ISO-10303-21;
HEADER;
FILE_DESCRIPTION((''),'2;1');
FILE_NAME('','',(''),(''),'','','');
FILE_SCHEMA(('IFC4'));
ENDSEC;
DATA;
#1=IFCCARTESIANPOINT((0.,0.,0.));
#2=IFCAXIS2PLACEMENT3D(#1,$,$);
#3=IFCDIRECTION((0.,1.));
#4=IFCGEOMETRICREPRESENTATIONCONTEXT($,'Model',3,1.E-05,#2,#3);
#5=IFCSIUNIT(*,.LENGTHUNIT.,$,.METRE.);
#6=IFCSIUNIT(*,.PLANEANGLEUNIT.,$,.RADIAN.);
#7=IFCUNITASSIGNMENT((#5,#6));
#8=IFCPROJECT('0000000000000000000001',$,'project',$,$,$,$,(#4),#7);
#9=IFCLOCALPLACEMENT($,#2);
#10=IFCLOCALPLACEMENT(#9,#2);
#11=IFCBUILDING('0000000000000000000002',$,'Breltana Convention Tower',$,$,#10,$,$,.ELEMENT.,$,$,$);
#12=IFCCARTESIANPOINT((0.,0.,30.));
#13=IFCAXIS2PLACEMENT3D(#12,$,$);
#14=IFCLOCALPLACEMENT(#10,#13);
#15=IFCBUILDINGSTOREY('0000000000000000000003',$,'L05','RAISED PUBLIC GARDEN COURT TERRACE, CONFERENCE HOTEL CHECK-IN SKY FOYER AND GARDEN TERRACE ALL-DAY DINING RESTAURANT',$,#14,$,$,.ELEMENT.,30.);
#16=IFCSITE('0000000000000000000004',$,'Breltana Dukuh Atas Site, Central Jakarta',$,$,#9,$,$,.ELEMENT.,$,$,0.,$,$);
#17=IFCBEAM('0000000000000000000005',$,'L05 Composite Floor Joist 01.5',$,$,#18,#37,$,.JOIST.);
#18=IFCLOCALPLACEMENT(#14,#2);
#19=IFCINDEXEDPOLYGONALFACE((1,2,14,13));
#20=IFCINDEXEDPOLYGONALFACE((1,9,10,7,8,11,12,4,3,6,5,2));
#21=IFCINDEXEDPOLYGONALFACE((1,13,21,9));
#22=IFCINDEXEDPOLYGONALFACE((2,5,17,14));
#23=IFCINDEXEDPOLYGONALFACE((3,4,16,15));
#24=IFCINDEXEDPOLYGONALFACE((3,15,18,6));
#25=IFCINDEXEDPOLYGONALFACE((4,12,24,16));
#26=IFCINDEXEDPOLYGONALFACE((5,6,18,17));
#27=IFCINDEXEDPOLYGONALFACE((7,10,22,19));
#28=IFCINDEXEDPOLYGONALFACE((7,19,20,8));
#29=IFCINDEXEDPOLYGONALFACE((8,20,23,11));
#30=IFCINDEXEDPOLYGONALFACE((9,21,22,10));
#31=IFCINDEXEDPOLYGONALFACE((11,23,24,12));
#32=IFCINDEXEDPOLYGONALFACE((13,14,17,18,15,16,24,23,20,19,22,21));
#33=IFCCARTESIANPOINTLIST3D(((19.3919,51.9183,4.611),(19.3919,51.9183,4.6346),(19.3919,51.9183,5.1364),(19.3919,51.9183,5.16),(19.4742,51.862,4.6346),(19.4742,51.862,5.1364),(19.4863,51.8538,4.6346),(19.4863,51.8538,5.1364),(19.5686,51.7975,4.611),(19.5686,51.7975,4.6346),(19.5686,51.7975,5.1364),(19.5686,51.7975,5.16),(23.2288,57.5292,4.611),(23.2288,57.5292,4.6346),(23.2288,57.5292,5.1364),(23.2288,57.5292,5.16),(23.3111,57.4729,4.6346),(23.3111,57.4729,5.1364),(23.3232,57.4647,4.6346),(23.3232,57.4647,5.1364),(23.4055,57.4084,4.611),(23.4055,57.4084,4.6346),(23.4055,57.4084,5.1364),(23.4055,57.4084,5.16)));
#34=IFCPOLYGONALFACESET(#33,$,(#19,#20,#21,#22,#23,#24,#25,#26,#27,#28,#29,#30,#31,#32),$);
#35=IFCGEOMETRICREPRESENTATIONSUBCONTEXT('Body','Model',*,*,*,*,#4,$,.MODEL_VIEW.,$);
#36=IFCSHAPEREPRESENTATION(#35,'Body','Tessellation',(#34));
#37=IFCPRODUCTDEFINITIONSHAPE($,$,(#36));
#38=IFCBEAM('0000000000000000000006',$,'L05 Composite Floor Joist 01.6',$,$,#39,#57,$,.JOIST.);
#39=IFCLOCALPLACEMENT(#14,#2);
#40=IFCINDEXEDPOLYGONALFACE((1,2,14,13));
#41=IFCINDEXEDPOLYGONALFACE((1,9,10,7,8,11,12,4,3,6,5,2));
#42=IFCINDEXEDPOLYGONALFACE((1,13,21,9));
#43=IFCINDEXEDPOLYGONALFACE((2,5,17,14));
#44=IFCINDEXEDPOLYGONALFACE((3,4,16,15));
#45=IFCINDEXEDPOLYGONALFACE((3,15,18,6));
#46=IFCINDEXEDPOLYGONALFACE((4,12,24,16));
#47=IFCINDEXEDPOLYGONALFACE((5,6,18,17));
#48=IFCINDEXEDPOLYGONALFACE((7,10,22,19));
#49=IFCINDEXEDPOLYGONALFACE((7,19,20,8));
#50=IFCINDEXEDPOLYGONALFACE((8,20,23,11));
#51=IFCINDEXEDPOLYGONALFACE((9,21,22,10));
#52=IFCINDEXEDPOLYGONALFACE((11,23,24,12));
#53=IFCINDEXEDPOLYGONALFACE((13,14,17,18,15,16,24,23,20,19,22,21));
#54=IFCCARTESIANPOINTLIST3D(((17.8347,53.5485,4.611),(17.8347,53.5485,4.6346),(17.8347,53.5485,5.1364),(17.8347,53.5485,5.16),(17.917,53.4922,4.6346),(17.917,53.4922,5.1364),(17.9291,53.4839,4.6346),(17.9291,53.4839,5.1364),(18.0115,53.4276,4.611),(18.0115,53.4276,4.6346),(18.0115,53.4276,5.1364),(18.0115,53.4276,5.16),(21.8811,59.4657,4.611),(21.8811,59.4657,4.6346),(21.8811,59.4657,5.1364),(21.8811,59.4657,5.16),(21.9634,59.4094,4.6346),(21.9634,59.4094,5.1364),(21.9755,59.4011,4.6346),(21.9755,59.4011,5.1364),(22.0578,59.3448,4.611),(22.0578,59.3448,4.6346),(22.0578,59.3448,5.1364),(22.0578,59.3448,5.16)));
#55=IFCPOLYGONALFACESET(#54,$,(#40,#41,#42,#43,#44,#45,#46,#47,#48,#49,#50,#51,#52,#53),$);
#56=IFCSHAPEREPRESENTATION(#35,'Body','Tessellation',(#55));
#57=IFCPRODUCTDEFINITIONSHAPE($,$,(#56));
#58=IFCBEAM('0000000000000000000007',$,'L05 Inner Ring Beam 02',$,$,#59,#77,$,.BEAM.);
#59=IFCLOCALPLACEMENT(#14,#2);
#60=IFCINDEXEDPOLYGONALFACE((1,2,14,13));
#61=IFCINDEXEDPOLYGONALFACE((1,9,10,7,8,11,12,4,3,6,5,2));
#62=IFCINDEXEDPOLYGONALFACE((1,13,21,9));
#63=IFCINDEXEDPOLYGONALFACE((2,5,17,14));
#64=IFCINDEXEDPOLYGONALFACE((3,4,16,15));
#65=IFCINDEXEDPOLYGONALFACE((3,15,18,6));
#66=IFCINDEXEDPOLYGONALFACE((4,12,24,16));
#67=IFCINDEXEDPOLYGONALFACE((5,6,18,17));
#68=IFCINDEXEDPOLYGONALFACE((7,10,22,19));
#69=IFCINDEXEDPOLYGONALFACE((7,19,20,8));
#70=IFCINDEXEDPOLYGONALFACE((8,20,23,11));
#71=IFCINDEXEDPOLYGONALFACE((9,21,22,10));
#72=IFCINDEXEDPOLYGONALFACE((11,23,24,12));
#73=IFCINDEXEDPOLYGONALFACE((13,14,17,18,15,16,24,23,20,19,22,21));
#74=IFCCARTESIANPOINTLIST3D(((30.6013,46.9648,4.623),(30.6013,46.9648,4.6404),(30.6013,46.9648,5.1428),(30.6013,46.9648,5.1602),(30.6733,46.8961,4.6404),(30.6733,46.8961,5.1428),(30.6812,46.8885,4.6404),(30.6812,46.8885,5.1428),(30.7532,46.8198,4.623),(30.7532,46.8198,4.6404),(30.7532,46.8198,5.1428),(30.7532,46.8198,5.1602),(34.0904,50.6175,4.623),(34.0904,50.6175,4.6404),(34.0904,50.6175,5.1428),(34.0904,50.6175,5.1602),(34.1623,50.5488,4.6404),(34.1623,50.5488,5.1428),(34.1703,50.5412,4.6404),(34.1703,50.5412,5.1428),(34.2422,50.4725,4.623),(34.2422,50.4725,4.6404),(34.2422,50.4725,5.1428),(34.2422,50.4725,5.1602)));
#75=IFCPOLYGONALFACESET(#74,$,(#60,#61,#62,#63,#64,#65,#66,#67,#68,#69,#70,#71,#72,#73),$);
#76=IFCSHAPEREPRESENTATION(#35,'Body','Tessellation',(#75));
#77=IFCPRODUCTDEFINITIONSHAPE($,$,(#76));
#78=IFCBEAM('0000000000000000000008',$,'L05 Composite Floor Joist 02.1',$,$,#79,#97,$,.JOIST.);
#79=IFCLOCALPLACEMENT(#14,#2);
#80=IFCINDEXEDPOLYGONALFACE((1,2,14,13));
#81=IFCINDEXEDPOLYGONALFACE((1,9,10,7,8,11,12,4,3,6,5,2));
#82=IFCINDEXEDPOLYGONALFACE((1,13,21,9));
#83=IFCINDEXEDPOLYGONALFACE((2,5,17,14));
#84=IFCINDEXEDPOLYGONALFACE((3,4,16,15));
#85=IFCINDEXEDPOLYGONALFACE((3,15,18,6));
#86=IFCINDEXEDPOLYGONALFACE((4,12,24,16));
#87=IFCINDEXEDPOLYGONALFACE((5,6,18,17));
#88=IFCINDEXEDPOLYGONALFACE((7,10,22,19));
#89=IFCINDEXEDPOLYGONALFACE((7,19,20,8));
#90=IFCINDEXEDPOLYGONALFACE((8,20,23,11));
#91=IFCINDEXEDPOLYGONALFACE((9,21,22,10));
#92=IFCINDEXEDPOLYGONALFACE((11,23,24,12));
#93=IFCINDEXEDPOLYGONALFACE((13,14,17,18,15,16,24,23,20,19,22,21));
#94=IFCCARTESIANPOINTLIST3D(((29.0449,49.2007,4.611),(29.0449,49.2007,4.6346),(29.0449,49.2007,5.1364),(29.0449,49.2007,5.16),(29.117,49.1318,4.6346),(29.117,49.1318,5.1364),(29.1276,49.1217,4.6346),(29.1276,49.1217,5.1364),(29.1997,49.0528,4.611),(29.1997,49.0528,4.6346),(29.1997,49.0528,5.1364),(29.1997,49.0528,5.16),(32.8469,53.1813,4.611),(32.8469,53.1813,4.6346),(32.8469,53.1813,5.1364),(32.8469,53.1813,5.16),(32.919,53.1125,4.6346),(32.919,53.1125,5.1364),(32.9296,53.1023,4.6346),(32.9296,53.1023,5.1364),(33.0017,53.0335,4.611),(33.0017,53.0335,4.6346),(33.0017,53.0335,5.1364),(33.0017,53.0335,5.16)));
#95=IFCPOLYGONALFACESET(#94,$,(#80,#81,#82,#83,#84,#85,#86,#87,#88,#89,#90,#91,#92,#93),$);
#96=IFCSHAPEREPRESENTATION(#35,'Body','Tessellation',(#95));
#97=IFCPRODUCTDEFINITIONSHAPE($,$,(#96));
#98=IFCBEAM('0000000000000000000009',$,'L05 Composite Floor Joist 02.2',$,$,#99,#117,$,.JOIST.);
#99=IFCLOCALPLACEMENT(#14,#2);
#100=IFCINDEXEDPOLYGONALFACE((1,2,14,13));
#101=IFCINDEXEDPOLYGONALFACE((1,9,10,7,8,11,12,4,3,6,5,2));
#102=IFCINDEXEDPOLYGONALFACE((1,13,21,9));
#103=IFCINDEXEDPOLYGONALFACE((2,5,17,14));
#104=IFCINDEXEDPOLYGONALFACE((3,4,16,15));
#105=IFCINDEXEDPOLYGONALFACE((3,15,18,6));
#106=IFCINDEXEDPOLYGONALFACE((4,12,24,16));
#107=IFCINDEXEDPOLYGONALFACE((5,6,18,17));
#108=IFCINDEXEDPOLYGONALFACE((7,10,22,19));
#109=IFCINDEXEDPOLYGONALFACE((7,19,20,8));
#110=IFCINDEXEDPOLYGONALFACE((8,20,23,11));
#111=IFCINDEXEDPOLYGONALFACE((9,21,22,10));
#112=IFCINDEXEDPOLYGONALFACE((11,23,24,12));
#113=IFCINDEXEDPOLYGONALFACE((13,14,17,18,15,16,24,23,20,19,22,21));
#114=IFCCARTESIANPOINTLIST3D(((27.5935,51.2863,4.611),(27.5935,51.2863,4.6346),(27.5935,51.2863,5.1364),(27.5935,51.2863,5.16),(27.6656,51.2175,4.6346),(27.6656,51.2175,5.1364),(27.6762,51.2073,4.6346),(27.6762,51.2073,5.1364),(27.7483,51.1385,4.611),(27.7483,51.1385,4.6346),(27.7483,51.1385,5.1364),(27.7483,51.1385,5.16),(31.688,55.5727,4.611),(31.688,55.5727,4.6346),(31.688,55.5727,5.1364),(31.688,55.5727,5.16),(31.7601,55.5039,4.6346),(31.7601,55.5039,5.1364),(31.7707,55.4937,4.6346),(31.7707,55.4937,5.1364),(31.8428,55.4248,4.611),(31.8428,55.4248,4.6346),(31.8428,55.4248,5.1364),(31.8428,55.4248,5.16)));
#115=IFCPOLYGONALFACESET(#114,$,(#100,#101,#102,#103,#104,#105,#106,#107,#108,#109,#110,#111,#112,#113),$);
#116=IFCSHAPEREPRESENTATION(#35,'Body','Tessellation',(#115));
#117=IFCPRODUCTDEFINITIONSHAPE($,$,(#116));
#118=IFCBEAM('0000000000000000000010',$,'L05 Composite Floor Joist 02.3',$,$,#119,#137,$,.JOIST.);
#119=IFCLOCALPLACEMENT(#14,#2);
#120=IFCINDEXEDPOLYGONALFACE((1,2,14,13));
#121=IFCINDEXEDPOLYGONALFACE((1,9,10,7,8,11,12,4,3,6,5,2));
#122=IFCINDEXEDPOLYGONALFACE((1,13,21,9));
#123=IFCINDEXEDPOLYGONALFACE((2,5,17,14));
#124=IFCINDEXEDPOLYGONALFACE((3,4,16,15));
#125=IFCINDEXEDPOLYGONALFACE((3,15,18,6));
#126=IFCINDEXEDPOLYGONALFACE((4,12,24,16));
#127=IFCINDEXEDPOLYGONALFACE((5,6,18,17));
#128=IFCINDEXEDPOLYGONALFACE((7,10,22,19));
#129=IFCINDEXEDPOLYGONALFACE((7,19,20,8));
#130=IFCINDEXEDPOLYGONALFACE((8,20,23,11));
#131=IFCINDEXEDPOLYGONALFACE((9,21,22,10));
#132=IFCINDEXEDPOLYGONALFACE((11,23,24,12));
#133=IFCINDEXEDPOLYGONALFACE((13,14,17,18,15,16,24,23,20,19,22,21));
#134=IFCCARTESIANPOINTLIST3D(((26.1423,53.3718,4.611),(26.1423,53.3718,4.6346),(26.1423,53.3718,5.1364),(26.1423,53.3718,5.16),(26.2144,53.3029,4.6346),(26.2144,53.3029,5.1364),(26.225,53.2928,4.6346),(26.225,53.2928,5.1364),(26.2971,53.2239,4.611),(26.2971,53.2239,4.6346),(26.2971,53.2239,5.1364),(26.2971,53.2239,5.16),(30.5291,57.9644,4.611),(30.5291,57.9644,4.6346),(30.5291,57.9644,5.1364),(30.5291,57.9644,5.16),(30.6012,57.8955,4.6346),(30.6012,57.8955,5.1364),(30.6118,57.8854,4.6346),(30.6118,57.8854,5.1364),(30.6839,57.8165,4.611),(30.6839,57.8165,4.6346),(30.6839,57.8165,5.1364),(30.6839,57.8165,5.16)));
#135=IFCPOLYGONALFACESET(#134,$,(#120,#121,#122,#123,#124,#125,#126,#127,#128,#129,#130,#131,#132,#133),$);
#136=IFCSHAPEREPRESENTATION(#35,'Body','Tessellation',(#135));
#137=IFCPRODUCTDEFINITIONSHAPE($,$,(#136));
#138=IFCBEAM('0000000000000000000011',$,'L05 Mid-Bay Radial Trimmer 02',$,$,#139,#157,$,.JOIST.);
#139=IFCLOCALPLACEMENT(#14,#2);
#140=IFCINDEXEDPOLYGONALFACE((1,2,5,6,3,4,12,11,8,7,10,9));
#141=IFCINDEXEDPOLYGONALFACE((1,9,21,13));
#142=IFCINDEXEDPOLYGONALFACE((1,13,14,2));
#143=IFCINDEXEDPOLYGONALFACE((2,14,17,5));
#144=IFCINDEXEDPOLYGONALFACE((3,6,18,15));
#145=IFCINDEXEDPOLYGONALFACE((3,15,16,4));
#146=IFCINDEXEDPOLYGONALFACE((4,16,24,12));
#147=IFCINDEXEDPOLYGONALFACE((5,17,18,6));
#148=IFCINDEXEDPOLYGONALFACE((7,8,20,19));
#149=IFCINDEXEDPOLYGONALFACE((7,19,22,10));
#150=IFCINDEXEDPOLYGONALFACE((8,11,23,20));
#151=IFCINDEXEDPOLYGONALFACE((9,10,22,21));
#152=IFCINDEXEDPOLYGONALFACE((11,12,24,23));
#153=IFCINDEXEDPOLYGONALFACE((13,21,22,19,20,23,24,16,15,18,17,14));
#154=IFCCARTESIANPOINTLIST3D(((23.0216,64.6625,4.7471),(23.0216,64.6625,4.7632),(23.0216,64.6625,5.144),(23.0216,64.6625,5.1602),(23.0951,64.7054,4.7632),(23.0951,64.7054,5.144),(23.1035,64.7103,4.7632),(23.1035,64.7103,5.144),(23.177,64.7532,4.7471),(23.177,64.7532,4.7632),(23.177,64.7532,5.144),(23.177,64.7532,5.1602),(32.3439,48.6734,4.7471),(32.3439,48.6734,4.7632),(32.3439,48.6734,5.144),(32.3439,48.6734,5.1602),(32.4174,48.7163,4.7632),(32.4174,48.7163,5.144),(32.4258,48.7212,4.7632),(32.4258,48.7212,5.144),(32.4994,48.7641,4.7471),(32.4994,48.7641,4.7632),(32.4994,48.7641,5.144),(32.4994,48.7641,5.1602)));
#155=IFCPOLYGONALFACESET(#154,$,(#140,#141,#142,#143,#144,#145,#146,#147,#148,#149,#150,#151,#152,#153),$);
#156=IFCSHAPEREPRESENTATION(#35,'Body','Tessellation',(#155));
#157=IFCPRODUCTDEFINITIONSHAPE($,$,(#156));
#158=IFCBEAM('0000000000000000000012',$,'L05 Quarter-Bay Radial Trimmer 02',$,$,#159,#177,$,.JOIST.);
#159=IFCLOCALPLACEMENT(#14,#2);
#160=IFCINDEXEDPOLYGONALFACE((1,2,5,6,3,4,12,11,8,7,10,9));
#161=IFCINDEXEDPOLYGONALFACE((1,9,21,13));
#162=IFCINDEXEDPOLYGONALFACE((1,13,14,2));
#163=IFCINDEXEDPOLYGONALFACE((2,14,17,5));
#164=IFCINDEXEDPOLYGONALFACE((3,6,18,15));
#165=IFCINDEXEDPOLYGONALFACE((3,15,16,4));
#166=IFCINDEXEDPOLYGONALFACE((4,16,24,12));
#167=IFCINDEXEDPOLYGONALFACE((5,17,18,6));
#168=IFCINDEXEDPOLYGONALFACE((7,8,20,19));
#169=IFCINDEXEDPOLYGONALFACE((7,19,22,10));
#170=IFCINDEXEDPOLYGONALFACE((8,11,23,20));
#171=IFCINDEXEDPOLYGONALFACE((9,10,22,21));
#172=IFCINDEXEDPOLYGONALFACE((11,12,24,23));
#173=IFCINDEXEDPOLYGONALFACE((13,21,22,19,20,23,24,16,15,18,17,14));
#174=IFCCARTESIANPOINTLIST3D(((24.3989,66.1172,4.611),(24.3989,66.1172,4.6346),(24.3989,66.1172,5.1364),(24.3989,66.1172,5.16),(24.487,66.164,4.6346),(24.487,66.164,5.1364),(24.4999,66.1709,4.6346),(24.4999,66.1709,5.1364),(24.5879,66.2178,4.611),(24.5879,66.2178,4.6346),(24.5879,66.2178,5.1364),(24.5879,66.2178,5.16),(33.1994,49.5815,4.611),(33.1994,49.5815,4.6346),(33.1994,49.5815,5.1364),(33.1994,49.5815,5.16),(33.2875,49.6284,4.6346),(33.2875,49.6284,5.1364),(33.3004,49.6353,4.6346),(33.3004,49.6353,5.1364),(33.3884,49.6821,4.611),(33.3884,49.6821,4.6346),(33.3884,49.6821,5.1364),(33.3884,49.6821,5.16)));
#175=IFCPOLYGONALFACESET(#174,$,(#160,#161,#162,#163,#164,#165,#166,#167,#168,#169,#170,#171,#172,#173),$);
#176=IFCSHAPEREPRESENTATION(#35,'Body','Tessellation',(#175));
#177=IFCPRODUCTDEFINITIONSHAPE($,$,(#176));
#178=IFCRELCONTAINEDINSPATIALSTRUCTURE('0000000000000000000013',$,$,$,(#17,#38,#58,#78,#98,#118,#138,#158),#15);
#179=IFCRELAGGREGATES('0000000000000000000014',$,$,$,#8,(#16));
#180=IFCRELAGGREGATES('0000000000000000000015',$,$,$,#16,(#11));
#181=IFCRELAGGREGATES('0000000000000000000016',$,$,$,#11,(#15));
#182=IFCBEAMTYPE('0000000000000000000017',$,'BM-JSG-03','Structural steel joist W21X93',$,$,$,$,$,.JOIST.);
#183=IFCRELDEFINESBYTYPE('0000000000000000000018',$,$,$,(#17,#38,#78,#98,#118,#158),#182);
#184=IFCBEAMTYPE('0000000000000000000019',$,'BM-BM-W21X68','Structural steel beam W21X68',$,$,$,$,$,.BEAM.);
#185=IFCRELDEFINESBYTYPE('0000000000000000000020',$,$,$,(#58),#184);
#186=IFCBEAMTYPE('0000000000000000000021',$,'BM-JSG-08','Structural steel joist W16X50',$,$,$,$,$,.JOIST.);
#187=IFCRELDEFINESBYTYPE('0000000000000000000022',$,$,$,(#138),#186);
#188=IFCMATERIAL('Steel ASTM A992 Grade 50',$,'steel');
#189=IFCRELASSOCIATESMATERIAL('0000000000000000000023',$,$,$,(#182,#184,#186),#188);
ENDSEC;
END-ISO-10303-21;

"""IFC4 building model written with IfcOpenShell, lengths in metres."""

from ifc_helpers import new_model, si_unit, direction, frame, origin, origin_2d, place, context, subcontext, project, spatial, i_section, extrude, source, transform, mapped, material, material_profile, profile_set, type_object, element, save


model = new_model("IFC4")

# Units and contexts
model_context = context("Model", 3, precision=1e-05, world=origin(), true_north=direction((0.0, 1.0)))
body_context = subcontext(model_context, "Body", "Model", "MODEL_VIEW")
ifc_project = project(units=[si_unit("LENGTHUNIT", "METRE"), si_unit("PLANEANGLEUNIT", "RADIAN")], contexts=[model_context])

# Site, building, storey
site_placement = place(None, origin())
site = spatial("IfcSite", under=ifc_project, at=site_placement, Name="Breltana Dukuh Atas Site, Central Jakarta", CompositionType="ELEMENT", RefElevation=0.0)
building_placement = place(site_placement, origin())
building = spatial("IfcBuilding", under=site, at=building_placement, Name="Breltana Convention Tower", CompositionType="ELEMENT")
storey_placement = place(building_placement, frame((0.0, 0.0, 30.0)))
storey = spatial("IfcBuildingStorey", under=building, at=storey_placement, Name="L05", Description="RAISED PUBLIC GARDEN COURT TERRACE, CONFERENCE HOTEL CHECK-IN SKY FOYER AND GARDEN TERRACE ALL-DAY DINING RESTAURANT", CompositionType="ELEMENT", Elevation=30.0)

# Beams
ifc_material_1 = material(Name="Steel ASTM A992 Grade 50", Category="steel")
ifc_material_profile_1 = material_profile(ifc_material_1, i_section(OverallWidth=0.2141, OverallDepth=0.5491, WebThickness=0.0146, FlangeThickness=0.0237, at=origin_2d()), Name="W21X93")
ifc_profile_set_1 = profile_set([ifc_material_profile_1], Name="Steel ASTM A992 Grade 50")
beam_type_1 = type_object("IfcBeamType", Name="BM-JSG-03", Description="Structural steel joist W21X93", PredefinedType="JOIST", material=ifc_profile_set_1)
shared_shape_1 = source(origin(), body_context, "Body", "SweptSolid", [
    extrude(i_section(OverallWidth=0.2141, OverallDepth=0.5491, WebThickness=0.0146, FlangeThickness=0.0237, at=origin_2d()), origin(), (0.0, 0.0, 1.0), 6.7974),
])
beam_1_placement = place(storey_placement, frame((19.4802, 51.8579, 4.8855), z_axis=(0.564475, 0.82545, 0.0), x_axis=(-0.82545, 0.564475, 0.0)))
element("IfcBeam", 1, at=beam_1_placement, inside=storey, type_object=beam_type_1, Name="L05 Composite Floor Joist 01.5", PredefinedType="JOIST", context=body_context, shape_type="MappedRepresentation", body=[
    mapped(shared_shape_1, transform((0.0, 0.0, 0.0), scale=1.0)),
])
shared_shape_2 = source(origin(), body_context, "Body", "SweptSolid", [
    extrude(i_section(OverallWidth=0.2141, OverallDepth=0.5491, WebThickness=0.0146, FlangeThickness=0.0237, at=origin_2d()), origin(), (0.0, 0.0, 1.0), 7.1685),
])
beam_2_placement = place(storey_placement, frame((17.9231, 53.488, 4.8855), z_axis=(0.56447, 0.825453, 0.0), x_axis=(-0.825453, 0.56447, 0.0)))
element("IfcBeam", 2, at=beam_2_placement, inside=storey, type_object=beam_type_1, Name="L05 Composite Floor Joist 01.6", PredefinedType="JOIST", context=body_context, shape_type="MappedRepresentation", body=[
    mapped(shared_shape_2, transform((0.0, 0.0, 0.0), scale=1.0)),
])
ifc_material_profile_2 = material_profile(ifc_material_1, i_section(OverallWidth=0.21, OverallDepth=0.5371, WebThickness=0.011, FlangeThickness=0.0173, at=origin_2d()), Name="W21X68")
ifc_profile_set_2 = profile_set([ifc_material_profile_2], Name="Steel ASTM A992 Grade 50")
beam_type_2 = type_object("IfcBeamType", Name="BM-BM-W21X68", Description="Structural steel beam W21X68", PredefinedType="BEAM", material=ifc_profile_set_2)
shared_shape_3 = source(origin(), body_context, "Body", "SweptSolid", [
    extrude(i_section(OverallWidth=0.21, OverallDepth=0.5371, WebThickness=0.011, FlangeThickness=0.0173, at=origin_2d()), origin(), (0.0, 0.0, 1.0), 5.0513),
])
beam_3_placement = place(storey_placement, frame((30.6772, 46.8923, 4.8916), z_axis=(0.69073, 0.723113, 0.0), x_axis=(-0.723113, 0.69073, 0.0)))
element("IfcBeam", 3, at=beam_3_placement, inside=storey, type_object=beam_type_2, Name="L05 Inner Ring Beam 02", PredefinedType="BEAM", context=body_context, shape_type="MappedRepresentation", body=[
    mapped(shared_shape_3, transform((0.0, 0.0, 0.0), scale=1.0)),
])
shared_shape_4 = source(origin(), body_context, "Body", "SweptSolid", [
    extrude(i_section(OverallWidth=0.2141, OverallDepth=0.5491, WebThickness=0.0146, FlangeThickness=0.0237, at=origin_2d()), origin(), (0.0, 0.0, 1.0), 5.5046),
])
beam_4_placement = place(storey_placement, frame((29.1223, 49.1267, 4.8855), z_axis=(0.690688, 0.723153, 0.0), x_axis=(-0.723153, 0.690688, 0.0)))
element("IfcBeam", 4, at=beam_4_placement, inside=storey, type_object=beam_type_1, Name="L05 Composite Floor Joist 02.1", PredefinedType="JOIST", context=body_context, shape_type="MappedRepresentation", body=[
    mapped(shared_shape_4, transform((0.0, 0.0, 0.0), scale=1.0)),
])
shared_shape_5 = source(origin(), body_context, "Body", "SweptSolid", [
    extrude(i_section(OverallWidth=0.2141, OverallDepth=0.5491, WebThickness=0.0146, FlangeThickness=0.0237, at=origin_2d()), origin(), (0.0, 0.0, 1.0), 5.9277),
])
beam_5_placement = place(storey_placement, frame((27.6709, 51.2124, 4.8855), z_axis=(0.690735, 0.723108, 0.0), x_axis=(-0.723108, 0.690735, 0.0)))
element("IfcBeam", 5, at=beam_5_placement, inside=storey, type_object=beam_type_1, Name="L05 Composite Floor Joist 02.2", PredefinedType="JOIST", context=body_context, shape_type="MappedRepresentation", body=[
    mapped(shared_shape_5, transform((0.0, 0.0, 0.0), scale=1.0)),
])
shared_shape_6 = source(origin(), body_context, "Body", "SweptSolid", [
    extrude(i_section(OverallWidth=0.2141, OverallDepth=0.5491, WebThickness=0.0146, FlangeThickness=0.0237, at=origin_2d()), origin(), (0.0, 0.0, 1.0), 6.3511),
])
beam_6_placement = place(storey_placement, frame((26.2197, 53.2979, 4.8855), z_axis=(0.690718, 0.723124, 0.0), x_axis=(-0.723124, 0.690718, 0.0)))
element("IfcBeam", 6, at=beam_6_placement, inside=storey, type_object=beam_type_1, Name="L05 Composite Floor Joist 02.3", PredefinedType="JOIST", context=body_context, shape_type="MappedRepresentation", body=[
    mapped(shared_shape_6, transform((0.0, 0.0, 0.0), scale=1.0)),
])
ifc_material_profile_3 = material_profile(ifc_material_1, i_section(OverallWidth=0.1799, OverallDepth=0.4131, WebThickness=0.0098, FlangeThickness=0.0161, at=origin_2d()), Name="W16X50")
ifc_profile_set_3 = profile_set([ifc_material_profile_3], Name="Steel ASTM A992 Grade 50")
beam_type_3 = type_object("IfcBeamType", Name="BM-JSG-08", Description="Structural steel joist W16X50", PredefinedType="JOIST", material=ifc_profile_set_3)
shared_shape_7 = source(origin(), body_context, "Body", "SweptSolid", [
    extrude(i_section(OverallWidth=0.1799, OverallDepth=0.4131, WebThickness=0.0098, FlangeThickness=0.0161, at=origin_2d()), origin(), (0.0, 0.0, 1.0), 18.5083),
])
beam_7_placement = place(storey_placement, frame((32.4216, 48.7188, 4.9536), z_axis=(-0.503683, 0.863888, 0.0), x_axis=(-0.863888, -0.503683, 0.0)))
element("IfcBeam", 7, at=beam_7_placement, inside=storey, type_object=beam_type_3, Name="L05 Mid-Bay Radial Trimmer 02", PredefinedType="JOIST", context=body_context, shape_type="MappedRepresentation", body=[
    mapped(shared_shape_7, transform((0.0, 0.0, 0.0), scale=1.0)),
])
shared_shape_8 = source(origin(), body_context, "Body", "SweptSolid", [
    extrude(i_section(OverallWidth=0.2141, OverallDepth=0.5491, WebThickness=0.0146, FlangeThickness=0.0237, at=origin_2d()), origin(), (0.0, 0.0, 1.0), 18.7317),
])
beam_8_placement = place(storey_placement, frame((33.2939, 49.6318, 4.8855), z_axis=(-0.46982, 0.882762, 0.0), x_axis=(-0.882762, -0.46982, 0.0)))
element("IfcBeam", 8, at=beam_8_placement, inside=storey, type_object=beam_type_1, Name="L05 Quarter-Bay Radial Trimmer 02", PredefinedType="JOIST", context=body_context, shape_type="MappedRepresentation", body=[
    mapped(shared_shape_8, transform((0.0, 0.0, 0.0), scale=1.0)),
])

save(model, "model.ifc")
